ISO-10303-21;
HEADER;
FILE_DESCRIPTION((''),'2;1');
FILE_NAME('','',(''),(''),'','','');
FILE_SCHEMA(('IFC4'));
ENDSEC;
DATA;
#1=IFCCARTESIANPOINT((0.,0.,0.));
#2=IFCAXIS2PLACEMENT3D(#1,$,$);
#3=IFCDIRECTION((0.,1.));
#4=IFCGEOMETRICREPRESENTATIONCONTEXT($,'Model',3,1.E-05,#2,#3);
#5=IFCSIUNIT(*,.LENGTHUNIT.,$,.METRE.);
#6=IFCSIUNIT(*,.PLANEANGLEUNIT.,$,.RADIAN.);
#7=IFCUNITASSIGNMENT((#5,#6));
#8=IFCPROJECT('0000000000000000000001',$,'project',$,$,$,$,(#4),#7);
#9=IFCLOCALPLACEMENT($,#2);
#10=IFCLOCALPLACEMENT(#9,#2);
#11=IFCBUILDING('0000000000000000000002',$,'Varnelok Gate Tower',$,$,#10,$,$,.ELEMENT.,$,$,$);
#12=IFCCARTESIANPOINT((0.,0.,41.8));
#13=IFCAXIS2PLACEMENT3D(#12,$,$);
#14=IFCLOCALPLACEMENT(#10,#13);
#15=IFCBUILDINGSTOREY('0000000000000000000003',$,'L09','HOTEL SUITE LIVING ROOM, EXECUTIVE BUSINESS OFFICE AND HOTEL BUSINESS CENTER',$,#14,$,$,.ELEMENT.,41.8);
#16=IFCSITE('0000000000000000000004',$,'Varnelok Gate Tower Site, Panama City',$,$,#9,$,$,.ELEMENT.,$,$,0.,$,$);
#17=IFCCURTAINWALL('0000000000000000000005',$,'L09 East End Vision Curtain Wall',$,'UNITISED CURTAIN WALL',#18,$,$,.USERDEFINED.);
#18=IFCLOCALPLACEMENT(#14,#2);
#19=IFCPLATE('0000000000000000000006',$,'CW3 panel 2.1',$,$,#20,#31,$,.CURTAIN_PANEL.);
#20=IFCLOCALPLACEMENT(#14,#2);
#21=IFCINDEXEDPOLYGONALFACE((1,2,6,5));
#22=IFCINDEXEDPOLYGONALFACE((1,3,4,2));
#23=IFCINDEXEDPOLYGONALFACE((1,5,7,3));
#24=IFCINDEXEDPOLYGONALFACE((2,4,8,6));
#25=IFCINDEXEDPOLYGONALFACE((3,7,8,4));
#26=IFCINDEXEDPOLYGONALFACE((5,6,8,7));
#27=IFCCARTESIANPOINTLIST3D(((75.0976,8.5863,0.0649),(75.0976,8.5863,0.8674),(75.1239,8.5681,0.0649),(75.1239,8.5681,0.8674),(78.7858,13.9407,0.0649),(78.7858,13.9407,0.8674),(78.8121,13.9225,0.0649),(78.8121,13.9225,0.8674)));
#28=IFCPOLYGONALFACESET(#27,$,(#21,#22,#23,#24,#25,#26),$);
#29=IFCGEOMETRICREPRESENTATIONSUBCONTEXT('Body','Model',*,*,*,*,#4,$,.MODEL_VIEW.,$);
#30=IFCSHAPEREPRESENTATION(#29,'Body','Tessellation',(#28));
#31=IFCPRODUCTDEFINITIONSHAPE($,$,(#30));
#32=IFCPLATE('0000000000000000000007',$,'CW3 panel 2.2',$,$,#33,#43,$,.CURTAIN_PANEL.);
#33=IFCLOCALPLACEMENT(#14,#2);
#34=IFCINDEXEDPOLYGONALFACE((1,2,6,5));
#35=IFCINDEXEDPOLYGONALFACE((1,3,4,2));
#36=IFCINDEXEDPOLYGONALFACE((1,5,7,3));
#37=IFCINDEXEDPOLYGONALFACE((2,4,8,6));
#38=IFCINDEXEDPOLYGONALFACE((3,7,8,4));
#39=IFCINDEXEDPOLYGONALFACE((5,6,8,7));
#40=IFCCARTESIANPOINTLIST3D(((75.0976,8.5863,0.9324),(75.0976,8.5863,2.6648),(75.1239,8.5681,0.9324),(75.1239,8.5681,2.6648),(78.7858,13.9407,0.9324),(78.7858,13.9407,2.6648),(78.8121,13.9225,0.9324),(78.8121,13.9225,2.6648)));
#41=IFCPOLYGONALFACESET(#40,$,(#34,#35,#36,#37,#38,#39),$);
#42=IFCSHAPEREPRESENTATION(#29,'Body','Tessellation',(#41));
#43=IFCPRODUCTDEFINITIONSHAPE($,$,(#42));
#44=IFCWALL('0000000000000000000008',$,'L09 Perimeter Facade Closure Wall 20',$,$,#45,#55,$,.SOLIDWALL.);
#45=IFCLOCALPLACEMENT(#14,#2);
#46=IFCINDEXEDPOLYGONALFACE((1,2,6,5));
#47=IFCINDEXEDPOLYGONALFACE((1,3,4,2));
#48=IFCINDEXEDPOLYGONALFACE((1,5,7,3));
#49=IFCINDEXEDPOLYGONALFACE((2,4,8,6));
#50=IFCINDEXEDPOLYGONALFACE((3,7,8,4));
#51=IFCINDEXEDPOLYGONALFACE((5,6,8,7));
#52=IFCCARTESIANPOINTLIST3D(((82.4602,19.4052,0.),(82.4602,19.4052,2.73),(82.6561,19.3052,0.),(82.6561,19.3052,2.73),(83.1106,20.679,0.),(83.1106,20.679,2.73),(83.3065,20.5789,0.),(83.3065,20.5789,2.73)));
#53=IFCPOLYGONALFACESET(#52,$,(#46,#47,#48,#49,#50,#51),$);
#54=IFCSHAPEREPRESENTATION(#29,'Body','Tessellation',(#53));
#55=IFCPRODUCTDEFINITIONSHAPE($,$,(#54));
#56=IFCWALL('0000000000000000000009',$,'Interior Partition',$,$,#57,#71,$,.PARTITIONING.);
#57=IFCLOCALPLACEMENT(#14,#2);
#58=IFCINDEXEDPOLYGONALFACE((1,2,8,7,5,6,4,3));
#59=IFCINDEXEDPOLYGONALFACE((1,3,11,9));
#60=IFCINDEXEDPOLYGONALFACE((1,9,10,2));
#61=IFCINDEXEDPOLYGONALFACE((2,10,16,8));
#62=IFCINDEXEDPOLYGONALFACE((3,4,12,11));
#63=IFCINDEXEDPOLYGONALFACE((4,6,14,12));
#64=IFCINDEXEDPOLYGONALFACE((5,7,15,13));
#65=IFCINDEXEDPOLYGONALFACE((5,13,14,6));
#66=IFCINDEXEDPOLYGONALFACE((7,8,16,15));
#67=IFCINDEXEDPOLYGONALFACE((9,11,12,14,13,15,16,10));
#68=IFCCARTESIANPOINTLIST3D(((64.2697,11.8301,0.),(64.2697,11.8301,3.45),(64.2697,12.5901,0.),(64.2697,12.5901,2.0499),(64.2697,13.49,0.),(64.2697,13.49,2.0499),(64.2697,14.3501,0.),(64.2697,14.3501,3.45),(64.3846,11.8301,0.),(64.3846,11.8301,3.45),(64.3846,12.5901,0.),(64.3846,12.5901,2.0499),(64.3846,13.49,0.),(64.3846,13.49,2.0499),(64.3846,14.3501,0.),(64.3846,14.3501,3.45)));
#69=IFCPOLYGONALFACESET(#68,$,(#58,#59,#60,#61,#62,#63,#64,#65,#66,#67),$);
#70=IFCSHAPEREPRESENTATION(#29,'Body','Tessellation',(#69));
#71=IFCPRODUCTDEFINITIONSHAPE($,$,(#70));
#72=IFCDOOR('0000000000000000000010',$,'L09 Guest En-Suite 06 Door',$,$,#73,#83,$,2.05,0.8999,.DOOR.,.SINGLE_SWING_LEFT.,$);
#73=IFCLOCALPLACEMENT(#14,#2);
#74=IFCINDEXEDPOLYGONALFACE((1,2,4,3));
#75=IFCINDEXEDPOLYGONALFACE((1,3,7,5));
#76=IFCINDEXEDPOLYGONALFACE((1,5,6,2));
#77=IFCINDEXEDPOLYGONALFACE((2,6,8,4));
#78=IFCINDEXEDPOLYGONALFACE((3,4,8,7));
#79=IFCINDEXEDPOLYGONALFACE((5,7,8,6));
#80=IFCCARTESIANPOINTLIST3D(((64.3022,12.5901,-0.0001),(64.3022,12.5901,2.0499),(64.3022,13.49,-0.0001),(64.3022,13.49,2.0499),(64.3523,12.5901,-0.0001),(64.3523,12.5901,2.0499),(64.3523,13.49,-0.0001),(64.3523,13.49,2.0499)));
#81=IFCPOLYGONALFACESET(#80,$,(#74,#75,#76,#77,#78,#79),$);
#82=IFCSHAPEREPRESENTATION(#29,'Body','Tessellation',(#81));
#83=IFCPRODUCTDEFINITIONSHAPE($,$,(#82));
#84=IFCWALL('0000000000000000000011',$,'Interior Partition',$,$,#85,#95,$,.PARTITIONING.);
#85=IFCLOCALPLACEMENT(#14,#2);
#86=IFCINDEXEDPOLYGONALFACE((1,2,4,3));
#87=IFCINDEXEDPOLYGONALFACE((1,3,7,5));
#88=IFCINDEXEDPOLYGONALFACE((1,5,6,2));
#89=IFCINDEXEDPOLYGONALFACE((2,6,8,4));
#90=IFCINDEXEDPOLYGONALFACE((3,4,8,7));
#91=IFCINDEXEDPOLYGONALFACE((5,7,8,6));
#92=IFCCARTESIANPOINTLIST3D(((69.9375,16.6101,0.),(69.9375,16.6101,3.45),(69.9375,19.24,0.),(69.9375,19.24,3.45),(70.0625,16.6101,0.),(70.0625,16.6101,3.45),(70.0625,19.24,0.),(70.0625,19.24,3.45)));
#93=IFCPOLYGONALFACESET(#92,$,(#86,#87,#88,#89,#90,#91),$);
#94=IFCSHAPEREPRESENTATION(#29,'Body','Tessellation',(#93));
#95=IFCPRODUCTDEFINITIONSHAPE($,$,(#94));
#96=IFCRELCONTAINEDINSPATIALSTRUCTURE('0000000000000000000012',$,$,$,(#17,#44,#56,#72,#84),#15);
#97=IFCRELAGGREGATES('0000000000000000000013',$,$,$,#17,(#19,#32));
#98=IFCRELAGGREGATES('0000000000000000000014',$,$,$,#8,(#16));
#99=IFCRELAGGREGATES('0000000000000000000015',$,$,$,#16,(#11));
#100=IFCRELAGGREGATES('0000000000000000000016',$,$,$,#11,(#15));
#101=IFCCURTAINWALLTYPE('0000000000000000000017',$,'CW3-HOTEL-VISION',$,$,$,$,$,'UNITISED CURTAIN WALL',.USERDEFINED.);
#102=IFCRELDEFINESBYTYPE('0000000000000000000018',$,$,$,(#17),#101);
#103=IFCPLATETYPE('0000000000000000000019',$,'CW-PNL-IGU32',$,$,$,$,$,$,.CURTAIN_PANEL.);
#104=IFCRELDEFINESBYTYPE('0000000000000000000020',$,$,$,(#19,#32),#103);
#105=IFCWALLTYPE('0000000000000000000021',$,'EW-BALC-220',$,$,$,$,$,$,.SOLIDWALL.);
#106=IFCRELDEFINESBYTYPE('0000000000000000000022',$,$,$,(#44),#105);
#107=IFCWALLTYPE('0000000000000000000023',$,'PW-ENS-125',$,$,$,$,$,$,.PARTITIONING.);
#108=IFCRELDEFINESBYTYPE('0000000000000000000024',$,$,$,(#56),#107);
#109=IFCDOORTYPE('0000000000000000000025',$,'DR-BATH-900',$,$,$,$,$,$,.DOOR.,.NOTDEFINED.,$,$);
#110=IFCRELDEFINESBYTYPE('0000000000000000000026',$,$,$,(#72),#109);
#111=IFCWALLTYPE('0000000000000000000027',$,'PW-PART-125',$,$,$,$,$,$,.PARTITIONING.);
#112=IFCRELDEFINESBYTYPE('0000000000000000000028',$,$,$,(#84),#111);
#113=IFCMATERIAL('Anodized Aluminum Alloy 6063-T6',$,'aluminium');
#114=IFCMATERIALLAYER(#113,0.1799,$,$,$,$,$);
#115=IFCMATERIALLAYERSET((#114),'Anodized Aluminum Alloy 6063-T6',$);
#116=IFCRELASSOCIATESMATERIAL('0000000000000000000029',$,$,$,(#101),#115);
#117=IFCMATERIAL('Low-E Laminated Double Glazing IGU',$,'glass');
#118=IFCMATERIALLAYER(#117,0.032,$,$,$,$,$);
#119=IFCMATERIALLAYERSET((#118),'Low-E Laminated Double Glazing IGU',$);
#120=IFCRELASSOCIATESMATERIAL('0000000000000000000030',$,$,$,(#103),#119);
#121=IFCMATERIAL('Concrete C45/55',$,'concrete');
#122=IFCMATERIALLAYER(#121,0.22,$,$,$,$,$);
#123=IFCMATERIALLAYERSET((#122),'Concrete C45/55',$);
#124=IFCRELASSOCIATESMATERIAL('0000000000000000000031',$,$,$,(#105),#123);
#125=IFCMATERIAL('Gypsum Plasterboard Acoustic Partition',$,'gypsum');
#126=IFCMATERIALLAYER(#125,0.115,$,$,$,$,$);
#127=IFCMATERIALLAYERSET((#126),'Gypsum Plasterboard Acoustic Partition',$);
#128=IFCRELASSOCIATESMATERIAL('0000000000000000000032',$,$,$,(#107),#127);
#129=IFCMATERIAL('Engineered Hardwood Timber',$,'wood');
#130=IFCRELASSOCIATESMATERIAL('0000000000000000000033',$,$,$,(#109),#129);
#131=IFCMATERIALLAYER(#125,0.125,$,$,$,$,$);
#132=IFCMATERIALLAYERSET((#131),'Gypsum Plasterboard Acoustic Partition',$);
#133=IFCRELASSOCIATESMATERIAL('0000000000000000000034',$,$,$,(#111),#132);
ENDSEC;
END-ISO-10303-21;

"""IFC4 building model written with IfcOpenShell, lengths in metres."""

from ifc_helpers import new_model, si_unit, direction, frame, frame_2d, origin, origin_2d, place, context, subcontext, project, spatial, rectangle, extrude, source, transform, mapped, material, layer, layer_set, type_object, element, fill, aggregate, save


model = new_model("IFC4")

# Units and contexts
model_context = context("Model", 3, precision=1e-05, world=origin(), true_north=direction((0.0, 1.0)))
body_context = subcontext(model_context, "Body", "Model", "MODEL_VIEW")
ifc_project = project(units=[si_unit("LENGTHUNIT", "METRE"), si_unit("PLANEANGLEUNIT", "RADIAN")], contexts=[model_context])

# Site, building, storey
site_placement = place(None, origin())
site = spatial("IfcSite", under=ifc_project, at=site_placement, Name="Varnelok Gate Tower Site, Panama City", CompositionType="ELEMENT", RefElevation=0.0)
building_placement = place(site_placement, origin())
building = spatial("IfcBuilding", under=site, at=building_placement, Name="Varnelok Gate Tower", CompositionType="ELEMENT")
storey_placement = place(building_placement, frame((0.0, 0.0, 41.8)))
storey = spatial("IfcBuildingStorey", under=building, at=storey_placement, Name="L09", Description="HOTEL SUITE LIVING ROOM, EXECUTIVE BUSINESS OFFICE AND HOTEL BUSINESS CENTER", CompositionType="ELEMENT", Elevation=41.8)

# Curtain wall, plates
ifc_material_1 = material(Name="Anodized Aluminum Alloy 6063-T6", Category="aluminium")
ifc_layer_1 = layer(ifc_material_1, 0.1799)
ifc_layer_set_1 = layer_set([ifc_layer_1], Name="Anodized Aluminum Alloy 6063-T6")
curtain_wall_type = type_object("IfcCurtainWallType", Name="CW3-HOTEL-VISION", ElementType="UNITISED CURTAIN WALL", PredefinedType="USERDEFINED", material=ifc_layer_set_1)
curtain_wall_placement = place(storey_placement, origin())
curtain_wall = element("IfcCurtainWall", 1, at=curtain_wall_placement, inside=storey, type_object=curtain_wall_type, Name="L09 East End Vision Curtain Wall", ObjectType="UNITISED CURTAIN WALL", PredefinedType="USERDEFINED")
ifc_material_2 = material(Name="Low-E Laminated Double Glazing IGU", Category="glass")
ifc_layer_2 = layer(ifc_material_2, 0.032)
ifc_layer_set_2 = layer_set([ifc_layer_2], Name="Low-E Laminated Double Glazing IGU")
plate_type = type_object("IfcPlateType", Name="CW-PNL-IGU32", PredefinedType="CURTAIN_PANEL", material=ifc_layer_set_2)
shared_shape_1 = source(origin(), body_context, "Body", "SweptSolid", [
    extrude(rectangle(XDim=6.5017, YDim=0.032, at=origin_2d()), origin(), (0.0, 0.0, 1.0), 0.8025),
])
plate_1_placement = place(storey_placement, frame((76.9548, 11.2544, 0.0649), z_axis=(0.0, 0.0, 1.0), x_axis=(-0.567269, -0.823533, 0.0)))
plate_1 = element("IfcPlate", 2, at=plate_1_placement, type_object=plate_type, Name="CW3 panel 2.1", PredefinedType="CURTAIN_PANEL", context=body_context, shape_type="MappedRepresentation", body=[
    mapped(shared_shape_1, transform((0.0, 0.0, 0.0), scale=1.0)),
])
shared_shape_2 = source(origin(), body_context, "Body", "SweptSolid", [
    extrude(rectangle(XDim=6.5017, YDim=0.032, at=origin_2d()), origin(), (0.0, 0.0, 1.0), 1.7324),
])
plate_2_placement = place(storey_placement, frame((76.9548, 11.2544, 0.9324), z_axis=(0.0, 0.0, 1.0), x_axis=(-0.567269, -0.823533, 0.0)))
plate_2 = element("IfcPlate", 3, at=plate_2_placement, type_object=plate_type, Name="CW3 panel 2.2", PredefinedType="CURTAIN_PANEL", context=body_context, shape_type="MappedRepresentation", body=[
    mapped(shared_shape_2, transform((0.0, 0.0, 0.0), scale=1.0)),
])
aggregate(curtain_wall, [plate_1, plate_2])

# Wall
ifc_material_3 = material(Name="Concrete C45/55", Category="concrete")
ifc_layer_3 = layer(ifc_material_3, 0.22)
ifc_layer_set_3 = layer_set([ifc_layer_3], Name="Concrete C45/55")
wall_type_1 = type_object("IfcWallType", Name="EW-BALC-220", PredefinedType="SOLIDWALL", material=ifc_layer_set_3)
wall_1_placement = place(storey_placement, frame((82.5581, 19.3552, 0.0), z_axis=(0.0, 0.0, 1.0), x_axis=(0.454777, 0.890605, 0.0)))
element("IfcWall", 4, at=wall_1_placement, inside=storey, type_object=wall_type_1, Name="L09 Perimeter Facade Closure Wall 20", PredefinedType="SOLIDWALL", context=body_context, shape_type="SweptSolid", body=[
    extrude(rectangle(XDim=1.4302, YDim=0.22, at=frame_2d((0.7151, 0.0))), origin(), (0.0, 0.0, 1.0), 2.73),
])

# Wall, opening, door
ifc_material_4 = material(Name="Gypsum Plasterboard Acoustic Partition", Category="gypsum")
ifc_layer_4 = layer(ifc_material_4, 0.115)
ifc_layer_set_4 = layer_set([ifc_layer_4], Name="Gypsum Plasterboard Acoustic Partition")
wall_type_2 = type_object("IfcWallType", Name="PW-ENS-125", PredefinedType="PARTITIONING", material=ifc_layer_set_4)
wall_2_placement = place(storey_placement, frame((64.3271, 11.8301, 0.0), z_axis=(0.0, 0.0, 1.0), x_axis=(0.0, 1.0, 0.0)))
wall_2 = element("IfcWall", 5, at=wall_2_placement, inside=storey, type_object=wall_type_2, Name="Interior Partition", PredefinedType="PARTITIONING", context=body_context, shape_type="SweptSolid", body=[
    extrude(rectangle(XDim=2.52, YDim=0.115, at=frame_2d((1.26, 0.0))), origin(), (0.0, 0.0, 1.0), 3.45),
])
opening_placement = place(wall_2_placement, frame((0.76, 0.0, 0.0)))
opening = element("IfcOpeningElement", 6, at=opening_placement, cuts=wall_2, PredefinedType="OPENING", context=body_context, shape_type="SweptSolid", body=[
    extrude(rectangle(XDim=0.8999, YDim=2.05, at=frame_2d((0.45, 1.0249))), frame((0.0, 0.0674, 0.0), z_axis=(0.0, -1.0, 0.0), x_axis=(1.0, 0.0, 0.0)), (0.0, 0.0, 1.0), 0.135),
])
ifc_material_5 = material(Name="Engineered Hardwood Timber", Category="wood")
door_type = type_object("IfcDoorType", Name="DR-BATH-900", OperationType="NOTDEFINED", PredefinedType="DOOR", material=ifc_material_5)
door_placement = place(opening_placement, origin())
door = element("IfcDoor", 7, at=door_placement, inside=storey, type_object=door_type, Name="L09 Guest En-Suite 06 Door", OperationType="SINGLE_SWING_LEFT", OverallHeight=2.05, OverallWidth=0.8999, PredefinedType="DOOR", context=body_context, shape_type="SweptSolid", body=[
    extrude(rectangle(XDim=0.8999, YDim=2.05, at=frame_2d((0.45, 1.0249))), frame((0.0, 0.0249, 0.0), z_axis=(0.0, -1.0, 0.0), x_axis=(1.0, 0.0, 0.0)), (0.0, 0.0, 1.0), 0.05),
])
fill(opening, door)

# Wall
ifc_layer_5 = layer(ifc_material_4, 0.125)
ifc_layer_set_5 = layer_set([ifc_layer_5], Name="Gypsum Plasterboard Acoustic Partition")
wall_type_3 = type_object("IfcWallType", Name="PW-PART-125", PredefinedType="PARTITIONING", material=ifc_layer_set_5)
wall_3_placement = place(storey_placement, frame((70.0, 16.6101, 0.0), z_axis=(0.0, 0.0, 1.0), x_axis=(0.0, 1.0, 0.0)))
element("IfcWall", 8, at=wall_3_placement, inside=storey, type_object=wall_type_3, Name="Interior Partition", PredefinedType="PARTITIONING", context=body_context, shape_type="SweptSolid", body=[
    extrude(rectangle(XDim=2.6299, YDim=0.125, at=frame_2d((1.3149, 0.0))), origin(), (0.0, 0.0, 1.0), 3.45),
])

save(model, "model.ifc")
